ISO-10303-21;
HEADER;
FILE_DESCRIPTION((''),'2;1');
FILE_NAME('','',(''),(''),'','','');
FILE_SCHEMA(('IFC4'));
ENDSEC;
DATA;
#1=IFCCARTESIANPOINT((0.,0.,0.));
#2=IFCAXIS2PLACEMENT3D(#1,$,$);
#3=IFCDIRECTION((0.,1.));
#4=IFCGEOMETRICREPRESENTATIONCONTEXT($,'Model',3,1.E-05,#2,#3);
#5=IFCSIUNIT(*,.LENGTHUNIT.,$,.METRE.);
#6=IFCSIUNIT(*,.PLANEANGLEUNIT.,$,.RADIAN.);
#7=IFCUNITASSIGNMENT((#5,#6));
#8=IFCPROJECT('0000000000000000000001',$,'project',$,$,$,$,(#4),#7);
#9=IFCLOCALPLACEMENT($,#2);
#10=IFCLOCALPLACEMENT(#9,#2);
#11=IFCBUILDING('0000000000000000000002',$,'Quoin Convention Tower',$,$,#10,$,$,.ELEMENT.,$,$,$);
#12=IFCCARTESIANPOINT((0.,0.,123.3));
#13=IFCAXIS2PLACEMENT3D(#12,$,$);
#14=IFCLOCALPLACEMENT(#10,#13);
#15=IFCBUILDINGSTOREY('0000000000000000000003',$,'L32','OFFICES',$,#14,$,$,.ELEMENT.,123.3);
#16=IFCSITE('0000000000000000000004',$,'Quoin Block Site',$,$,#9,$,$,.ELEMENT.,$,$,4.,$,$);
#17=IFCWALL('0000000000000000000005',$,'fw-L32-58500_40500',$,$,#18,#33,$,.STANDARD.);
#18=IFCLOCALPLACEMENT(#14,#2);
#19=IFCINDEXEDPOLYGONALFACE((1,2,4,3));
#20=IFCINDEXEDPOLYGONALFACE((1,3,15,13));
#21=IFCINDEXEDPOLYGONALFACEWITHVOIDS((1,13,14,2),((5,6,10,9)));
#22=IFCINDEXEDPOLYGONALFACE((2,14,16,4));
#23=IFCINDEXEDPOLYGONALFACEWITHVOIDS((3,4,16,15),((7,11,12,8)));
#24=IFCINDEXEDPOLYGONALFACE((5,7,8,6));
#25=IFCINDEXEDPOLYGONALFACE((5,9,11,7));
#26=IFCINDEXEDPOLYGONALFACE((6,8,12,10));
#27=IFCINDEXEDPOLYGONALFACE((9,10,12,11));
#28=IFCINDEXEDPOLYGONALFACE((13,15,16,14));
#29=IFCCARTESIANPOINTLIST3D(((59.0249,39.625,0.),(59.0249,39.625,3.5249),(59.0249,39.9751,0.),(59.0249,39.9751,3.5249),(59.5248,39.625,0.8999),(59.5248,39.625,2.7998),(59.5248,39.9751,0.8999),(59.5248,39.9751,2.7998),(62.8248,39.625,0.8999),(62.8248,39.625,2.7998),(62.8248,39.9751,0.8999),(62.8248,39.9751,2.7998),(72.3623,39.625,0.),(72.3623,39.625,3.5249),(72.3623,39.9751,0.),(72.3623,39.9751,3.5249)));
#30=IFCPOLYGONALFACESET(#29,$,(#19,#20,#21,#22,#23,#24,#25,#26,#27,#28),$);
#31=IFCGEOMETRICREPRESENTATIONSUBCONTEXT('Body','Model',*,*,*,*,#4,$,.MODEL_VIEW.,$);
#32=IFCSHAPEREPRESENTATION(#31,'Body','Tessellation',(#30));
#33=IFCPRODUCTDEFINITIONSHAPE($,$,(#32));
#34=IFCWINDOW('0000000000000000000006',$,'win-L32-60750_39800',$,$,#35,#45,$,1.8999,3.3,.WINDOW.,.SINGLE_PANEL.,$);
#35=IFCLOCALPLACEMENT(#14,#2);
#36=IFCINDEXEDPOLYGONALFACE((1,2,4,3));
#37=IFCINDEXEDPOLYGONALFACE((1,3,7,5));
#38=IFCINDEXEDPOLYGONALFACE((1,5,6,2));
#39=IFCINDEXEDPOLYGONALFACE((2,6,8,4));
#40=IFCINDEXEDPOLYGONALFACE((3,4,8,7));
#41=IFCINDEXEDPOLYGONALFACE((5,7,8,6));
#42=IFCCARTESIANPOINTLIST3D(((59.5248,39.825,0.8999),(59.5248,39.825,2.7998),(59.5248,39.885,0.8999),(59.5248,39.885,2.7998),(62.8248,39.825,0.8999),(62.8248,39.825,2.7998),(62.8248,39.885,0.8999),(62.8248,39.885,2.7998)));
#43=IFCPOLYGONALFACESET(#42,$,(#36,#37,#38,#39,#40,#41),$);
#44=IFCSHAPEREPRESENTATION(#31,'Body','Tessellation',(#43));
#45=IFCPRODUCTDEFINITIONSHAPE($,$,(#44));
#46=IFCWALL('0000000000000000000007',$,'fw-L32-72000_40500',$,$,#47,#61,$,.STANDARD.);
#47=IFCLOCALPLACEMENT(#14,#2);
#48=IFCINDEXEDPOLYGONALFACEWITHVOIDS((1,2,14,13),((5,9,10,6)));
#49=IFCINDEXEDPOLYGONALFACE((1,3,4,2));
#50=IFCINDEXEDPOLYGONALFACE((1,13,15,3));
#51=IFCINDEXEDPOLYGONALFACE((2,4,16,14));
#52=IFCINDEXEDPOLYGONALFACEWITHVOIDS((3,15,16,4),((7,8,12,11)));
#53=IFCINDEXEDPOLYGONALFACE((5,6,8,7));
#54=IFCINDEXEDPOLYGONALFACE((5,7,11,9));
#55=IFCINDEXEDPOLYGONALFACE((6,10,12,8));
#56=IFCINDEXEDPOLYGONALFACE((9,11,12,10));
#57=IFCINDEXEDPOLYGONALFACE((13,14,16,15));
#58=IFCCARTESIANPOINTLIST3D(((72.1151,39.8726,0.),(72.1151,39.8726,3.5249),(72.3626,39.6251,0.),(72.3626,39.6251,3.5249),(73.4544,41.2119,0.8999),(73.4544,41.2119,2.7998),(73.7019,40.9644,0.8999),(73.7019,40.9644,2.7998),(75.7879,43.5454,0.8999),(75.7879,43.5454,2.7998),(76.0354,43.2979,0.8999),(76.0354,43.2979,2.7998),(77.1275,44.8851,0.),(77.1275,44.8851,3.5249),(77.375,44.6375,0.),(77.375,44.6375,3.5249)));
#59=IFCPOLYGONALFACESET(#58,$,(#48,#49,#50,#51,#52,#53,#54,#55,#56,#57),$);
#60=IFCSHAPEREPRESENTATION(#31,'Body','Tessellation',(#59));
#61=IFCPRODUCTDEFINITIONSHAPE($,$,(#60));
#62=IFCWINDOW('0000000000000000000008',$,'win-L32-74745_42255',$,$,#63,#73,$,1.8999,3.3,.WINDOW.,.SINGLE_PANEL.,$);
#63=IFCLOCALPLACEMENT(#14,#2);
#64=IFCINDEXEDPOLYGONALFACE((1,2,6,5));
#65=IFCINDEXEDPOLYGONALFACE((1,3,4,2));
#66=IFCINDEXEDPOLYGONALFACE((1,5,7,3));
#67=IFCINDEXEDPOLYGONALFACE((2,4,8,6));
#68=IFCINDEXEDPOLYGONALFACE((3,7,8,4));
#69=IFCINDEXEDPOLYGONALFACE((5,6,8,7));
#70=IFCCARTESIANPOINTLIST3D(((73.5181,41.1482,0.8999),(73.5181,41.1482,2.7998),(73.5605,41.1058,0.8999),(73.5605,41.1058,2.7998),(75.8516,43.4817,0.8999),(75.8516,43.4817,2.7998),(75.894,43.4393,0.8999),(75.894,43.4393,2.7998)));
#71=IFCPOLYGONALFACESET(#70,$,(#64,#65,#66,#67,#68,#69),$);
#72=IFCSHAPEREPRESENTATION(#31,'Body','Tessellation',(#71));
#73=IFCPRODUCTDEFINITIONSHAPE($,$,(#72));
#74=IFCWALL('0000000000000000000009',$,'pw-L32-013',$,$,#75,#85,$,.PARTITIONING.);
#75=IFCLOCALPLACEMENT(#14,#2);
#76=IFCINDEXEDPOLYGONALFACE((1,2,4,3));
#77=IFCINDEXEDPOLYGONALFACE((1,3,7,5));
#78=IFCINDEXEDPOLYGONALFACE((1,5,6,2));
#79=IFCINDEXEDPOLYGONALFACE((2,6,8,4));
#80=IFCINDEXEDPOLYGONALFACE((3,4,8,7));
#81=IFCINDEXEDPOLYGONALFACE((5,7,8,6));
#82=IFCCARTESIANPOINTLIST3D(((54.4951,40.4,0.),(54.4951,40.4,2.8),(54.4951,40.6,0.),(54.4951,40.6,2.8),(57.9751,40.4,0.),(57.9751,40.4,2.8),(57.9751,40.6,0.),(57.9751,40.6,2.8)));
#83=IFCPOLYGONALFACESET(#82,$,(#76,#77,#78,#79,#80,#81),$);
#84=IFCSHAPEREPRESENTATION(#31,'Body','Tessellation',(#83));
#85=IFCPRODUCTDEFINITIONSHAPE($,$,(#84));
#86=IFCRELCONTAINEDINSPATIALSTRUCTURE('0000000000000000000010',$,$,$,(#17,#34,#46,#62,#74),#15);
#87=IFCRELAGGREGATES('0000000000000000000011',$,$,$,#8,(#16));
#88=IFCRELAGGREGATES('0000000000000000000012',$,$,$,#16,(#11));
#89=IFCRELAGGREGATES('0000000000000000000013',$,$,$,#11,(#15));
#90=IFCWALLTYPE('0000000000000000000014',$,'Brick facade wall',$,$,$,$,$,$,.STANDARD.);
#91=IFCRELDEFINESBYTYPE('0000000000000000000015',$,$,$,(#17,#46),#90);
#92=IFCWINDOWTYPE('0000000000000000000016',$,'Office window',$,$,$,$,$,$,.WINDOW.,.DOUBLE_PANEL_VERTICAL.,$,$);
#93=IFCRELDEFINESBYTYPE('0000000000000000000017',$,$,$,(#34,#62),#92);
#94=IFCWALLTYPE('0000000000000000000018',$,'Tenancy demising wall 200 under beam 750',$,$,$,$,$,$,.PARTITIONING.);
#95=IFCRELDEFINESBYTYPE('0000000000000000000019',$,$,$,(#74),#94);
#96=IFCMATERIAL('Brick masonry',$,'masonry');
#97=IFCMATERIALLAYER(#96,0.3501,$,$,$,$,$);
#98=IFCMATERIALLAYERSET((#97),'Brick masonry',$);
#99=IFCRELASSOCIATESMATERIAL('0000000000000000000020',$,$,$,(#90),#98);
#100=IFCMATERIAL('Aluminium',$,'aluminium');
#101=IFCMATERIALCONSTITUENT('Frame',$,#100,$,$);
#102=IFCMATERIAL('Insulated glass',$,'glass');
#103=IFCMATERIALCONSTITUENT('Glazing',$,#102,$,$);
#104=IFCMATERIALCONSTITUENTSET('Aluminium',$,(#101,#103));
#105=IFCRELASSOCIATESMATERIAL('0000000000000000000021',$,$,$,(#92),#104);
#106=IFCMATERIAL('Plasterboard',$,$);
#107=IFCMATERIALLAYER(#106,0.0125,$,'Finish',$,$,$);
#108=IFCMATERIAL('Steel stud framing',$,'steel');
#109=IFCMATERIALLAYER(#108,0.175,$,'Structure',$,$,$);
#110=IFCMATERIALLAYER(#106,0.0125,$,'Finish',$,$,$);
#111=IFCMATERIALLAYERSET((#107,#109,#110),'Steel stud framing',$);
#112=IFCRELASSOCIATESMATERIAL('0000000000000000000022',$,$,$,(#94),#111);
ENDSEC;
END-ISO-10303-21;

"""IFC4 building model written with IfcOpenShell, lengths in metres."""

from ifc_helpers import new_model, si_unit, direction, frame, frame_2d, origin, place, context, subcontext, project, spatial, rectangle, extrude, material, layer, layer_set, constituent, constituent_set, type_object, element, fill, save


model = new_model("IFC4")

# Units and contexts
model_context = context("Model", 3, precision=1e-05, world=origin(), true_north=direction((0.0, 1.0)))
body_context = subcontext(model_context, "Body", "Model", "MODEL_VIEW")
ifc_project = project(units=[si_unit("LENGTHUNIT", "METRE"), si_unit("PLANEANGLEUNIT", "RADIAN")], contexts=[model_context])

# Site, building, storey
site_placement = place(None, origin())
site = spatial("IfcSite", under=ifc_project, at=site_placement, Name="Quoin Block Site", CompositionType="ELEMENT", RefElevation=4.0)
building_placement = place(site_placement, origin())
building = spatial("IfcBuilding", under=site, at=building_placement, Name="Quoin Convention Tower", CompositionType="ELEMENT")
storey_placement = place(building_placement, frame((0.0, 0.0, 123.3)))
storey = spatial("IfcBuildingStorey", under=building, at=storey_placement, Name="L32", Description="OFFICES", CompositionType="ELEMENT", Elevation=123.3)

# Shared definitions
ifc_material_1 = material(Name="Plasterboard")
ifc_material_2 = material(Name="Steel stud framing", Category="steel")

# Walls, openings, windows
ifc_material_3 = material(Name="Brick masonry", Category="masonry")
ifc_layer_1 = layer(ifc_material_3, 0.3501)
ifc_layer_set_1 = layer_set([ifc_layer_1], Name="Brick masonry")
wall_type_1 = type_object("IfcWallType", Name="Brick facade wall", PredefinedType="STANDARD", material=ifc_layer_set_1)
wall_1_placement = place(storey_placement, frame((59.0249, 39.8, 0.0), z_axis=(0.0, 0.0, 1.0), x_axis=(1.0, 0.0, 0.0)))
wall_1 = element("IfcWall", 1, at=wall_1_placement, inside=storey, type_object=wall_type_1, Name="fw-L32-58500_40500", PredefinedType="STANDARD", context=body_context, shape_type="SweptSolid", body=[
    extrude(rectangle(XDim=13.3374, YDim=0.3501, at=frame_2d((6.6687, 0.0))), origin(), (0.0, 0.0, 1.0), 3.5249),
])
opening_1_placement = place(wall_1_placement, frame((0.5, 0.0, 0.8999)))
opening_1 = element("IfcOpeningElement", 2, at=opening_1_placement, cuts=wall_1, PredefinedType="OPENING", context=body_context, shape_type="SweptSolid", body=[
    extrude(rectangle(XDim=3.3, YDim=1.8999, at=frame_2d((1.6499, 0.95))), frame((0.0, 0.1851, 0.0), z_axis=(0.0, -1.0, 0.0), x_axis=(1.0, 0.0, 0.0)), (0.0, 0.0, 1.0), 0.3701),
])
ifc_material_4 = material(Name="Aluminium", Category="aluminium")
ifc_constituent_1 = constituent(ifc_material_4, Name="Frame")
ifc_material_5 = material(Name="Insulated glass", Category="glass")
ifc_constituent_2 = constituent(ifc_material_5, Name="Glazing")
ifc_constituent_set = constituent_set(constituents=[ifc_constituent_1, ifc_constituent_2], Name="Aluminium")
window_type = type_object("IfcWindowType", Name="Office window", PartitioningType="DOUBLE_PANEL_VERTICAL", PredefinedType="WINDOW", material=ifc_constituent_set)
window_1_placement = place(opening_1_placement, origin())
window_1 = element("IfcWindow", 3, at=window_1_placement, inside=storey, type_object=window_type, Name="win-L32-60750_39800", OverallHeight=1.8999, OverallWidth=3.3, PartitioningType="SINGLE_PANEL", PredefinedType="WINDOW", context=body_context, shape_type="SweptSolid", body=[
    extrude(rectangle(XDim=3.3, YDim=1.8999, at=frame_2d((1.6499, 0.95))), frame((0.0, 0.085, 0.0), z_axis=(0.0, -1.0, 0.0), x_axis=(1.0, 0.0, 0.0)), (0.0, 0.0, 1.0), 0.0601),
])
fill(opening_1, window_1)
wall_2_placement = place(storey_placement, frame((72.2388, 39.7488, 0.0), z_axis=(0.0, 0.0, 1.0), x_axis=(0.707107, 0.707107, 0.0)))
wall_2 = element("IfcWall", 4, at=wall_2_placement, inside=storey, type_object=wall_type_1, Name="fw-L32-72000_40500", PredefinedType="STANDARD", context=body_context, shape_type="SweptSolid", body=[
    extrude(rectangle(XDim=7.0886, YDim=0.3501, at=frame_2d((3.5444, 0.0))), origin(), (0.0, 0.0, 1.0), 3.5249),
])
opening_2_placement = place(wall_2_placement, frame((1.8943, 0.0, 0.8999)))
opening_2 = element("IfcOpeningElement", 5, at=opening_2_placement, cuts=wall_2, PredefinedType="OPENING", context=body_context, shape_type="SweptSolid", body=[
    extrude(rectangle(XDim=3.3, YDim=1.8999, at=frame_2d((1.6499, 0.95))), frame((0.0, 0.1851, 0.0), z_axis=(0.0, -1.0, 0.0), x_axis=(1.0, 0.0, 0.0)), (0.0, 0.0, 1.0), 0.3701),
])
window_2_placement = place(opening_2_placement, origin())
window_2 = element("IfcWindow", 6, at=window_2_placement, inside=storey, type_object=window_type, Name="win-L32-74745_42255", OverallHeight=1.8999, OverallWidth=3.3, PartitioningType="SINGLE_PANEL", PredefinedType="WINDOW", context=body_context, shape_type="SweptSolid", body=[
    extrude(rectangle(XDim=3.3, YDim=1.8999, at=frame_2d((1.6499, 0.95))), frame((0.0, 0.085, 0.0), z_axis=(0.0, -1.0, 0.0), x_axis=(1.0, 0.0, 0.0)), (0.0, 0.0, 1.0), 0.0601),
])
fill(opening_2, window_2)

# Wall
ifc_layer_2 = layer(ifc_material_1, 0.0125, Name="Finish")
ifc_layer_3 = layer(ifc_material_2, 0.175, Name="Structure")
ifc_layer_4 = layer(ifc_material_1, 0.0125, Name="Finish")
ifc_layer_set_2 = layer_set([ifc_layer_2, ifc_layer_3, ifc_layer_4], Name="Steel stud framing")
wall_type_2 = type_object("IfcWallType", Name="Tenancy demising wall 200 under beam 750", PredefinedType="PARTITIONING", material=ifc_layer_set_2)
wall_3_placement = place(storey_placement, frame((54.4951, 40.5, 0.0), z_axis=(0.0, 0.0, 1.0), x_axis=(1.0, 0.0, 0.0)))
element("IfcWall", 7, at=wall_3_placement, inside=storey, type_object=wall_type_2, Name="pw-L32-013", PredefinedType="PARTITIONING", context=body_context, shape_type="SweptSolid", body=[
    extrude(rectangle(XDim=3.48, YDim=0.2, at=frame_2d((1.74, 0.0))), origin(), (0.0, 0.0, 1.0), 2.8),
])

save(model, "model.ifc")
